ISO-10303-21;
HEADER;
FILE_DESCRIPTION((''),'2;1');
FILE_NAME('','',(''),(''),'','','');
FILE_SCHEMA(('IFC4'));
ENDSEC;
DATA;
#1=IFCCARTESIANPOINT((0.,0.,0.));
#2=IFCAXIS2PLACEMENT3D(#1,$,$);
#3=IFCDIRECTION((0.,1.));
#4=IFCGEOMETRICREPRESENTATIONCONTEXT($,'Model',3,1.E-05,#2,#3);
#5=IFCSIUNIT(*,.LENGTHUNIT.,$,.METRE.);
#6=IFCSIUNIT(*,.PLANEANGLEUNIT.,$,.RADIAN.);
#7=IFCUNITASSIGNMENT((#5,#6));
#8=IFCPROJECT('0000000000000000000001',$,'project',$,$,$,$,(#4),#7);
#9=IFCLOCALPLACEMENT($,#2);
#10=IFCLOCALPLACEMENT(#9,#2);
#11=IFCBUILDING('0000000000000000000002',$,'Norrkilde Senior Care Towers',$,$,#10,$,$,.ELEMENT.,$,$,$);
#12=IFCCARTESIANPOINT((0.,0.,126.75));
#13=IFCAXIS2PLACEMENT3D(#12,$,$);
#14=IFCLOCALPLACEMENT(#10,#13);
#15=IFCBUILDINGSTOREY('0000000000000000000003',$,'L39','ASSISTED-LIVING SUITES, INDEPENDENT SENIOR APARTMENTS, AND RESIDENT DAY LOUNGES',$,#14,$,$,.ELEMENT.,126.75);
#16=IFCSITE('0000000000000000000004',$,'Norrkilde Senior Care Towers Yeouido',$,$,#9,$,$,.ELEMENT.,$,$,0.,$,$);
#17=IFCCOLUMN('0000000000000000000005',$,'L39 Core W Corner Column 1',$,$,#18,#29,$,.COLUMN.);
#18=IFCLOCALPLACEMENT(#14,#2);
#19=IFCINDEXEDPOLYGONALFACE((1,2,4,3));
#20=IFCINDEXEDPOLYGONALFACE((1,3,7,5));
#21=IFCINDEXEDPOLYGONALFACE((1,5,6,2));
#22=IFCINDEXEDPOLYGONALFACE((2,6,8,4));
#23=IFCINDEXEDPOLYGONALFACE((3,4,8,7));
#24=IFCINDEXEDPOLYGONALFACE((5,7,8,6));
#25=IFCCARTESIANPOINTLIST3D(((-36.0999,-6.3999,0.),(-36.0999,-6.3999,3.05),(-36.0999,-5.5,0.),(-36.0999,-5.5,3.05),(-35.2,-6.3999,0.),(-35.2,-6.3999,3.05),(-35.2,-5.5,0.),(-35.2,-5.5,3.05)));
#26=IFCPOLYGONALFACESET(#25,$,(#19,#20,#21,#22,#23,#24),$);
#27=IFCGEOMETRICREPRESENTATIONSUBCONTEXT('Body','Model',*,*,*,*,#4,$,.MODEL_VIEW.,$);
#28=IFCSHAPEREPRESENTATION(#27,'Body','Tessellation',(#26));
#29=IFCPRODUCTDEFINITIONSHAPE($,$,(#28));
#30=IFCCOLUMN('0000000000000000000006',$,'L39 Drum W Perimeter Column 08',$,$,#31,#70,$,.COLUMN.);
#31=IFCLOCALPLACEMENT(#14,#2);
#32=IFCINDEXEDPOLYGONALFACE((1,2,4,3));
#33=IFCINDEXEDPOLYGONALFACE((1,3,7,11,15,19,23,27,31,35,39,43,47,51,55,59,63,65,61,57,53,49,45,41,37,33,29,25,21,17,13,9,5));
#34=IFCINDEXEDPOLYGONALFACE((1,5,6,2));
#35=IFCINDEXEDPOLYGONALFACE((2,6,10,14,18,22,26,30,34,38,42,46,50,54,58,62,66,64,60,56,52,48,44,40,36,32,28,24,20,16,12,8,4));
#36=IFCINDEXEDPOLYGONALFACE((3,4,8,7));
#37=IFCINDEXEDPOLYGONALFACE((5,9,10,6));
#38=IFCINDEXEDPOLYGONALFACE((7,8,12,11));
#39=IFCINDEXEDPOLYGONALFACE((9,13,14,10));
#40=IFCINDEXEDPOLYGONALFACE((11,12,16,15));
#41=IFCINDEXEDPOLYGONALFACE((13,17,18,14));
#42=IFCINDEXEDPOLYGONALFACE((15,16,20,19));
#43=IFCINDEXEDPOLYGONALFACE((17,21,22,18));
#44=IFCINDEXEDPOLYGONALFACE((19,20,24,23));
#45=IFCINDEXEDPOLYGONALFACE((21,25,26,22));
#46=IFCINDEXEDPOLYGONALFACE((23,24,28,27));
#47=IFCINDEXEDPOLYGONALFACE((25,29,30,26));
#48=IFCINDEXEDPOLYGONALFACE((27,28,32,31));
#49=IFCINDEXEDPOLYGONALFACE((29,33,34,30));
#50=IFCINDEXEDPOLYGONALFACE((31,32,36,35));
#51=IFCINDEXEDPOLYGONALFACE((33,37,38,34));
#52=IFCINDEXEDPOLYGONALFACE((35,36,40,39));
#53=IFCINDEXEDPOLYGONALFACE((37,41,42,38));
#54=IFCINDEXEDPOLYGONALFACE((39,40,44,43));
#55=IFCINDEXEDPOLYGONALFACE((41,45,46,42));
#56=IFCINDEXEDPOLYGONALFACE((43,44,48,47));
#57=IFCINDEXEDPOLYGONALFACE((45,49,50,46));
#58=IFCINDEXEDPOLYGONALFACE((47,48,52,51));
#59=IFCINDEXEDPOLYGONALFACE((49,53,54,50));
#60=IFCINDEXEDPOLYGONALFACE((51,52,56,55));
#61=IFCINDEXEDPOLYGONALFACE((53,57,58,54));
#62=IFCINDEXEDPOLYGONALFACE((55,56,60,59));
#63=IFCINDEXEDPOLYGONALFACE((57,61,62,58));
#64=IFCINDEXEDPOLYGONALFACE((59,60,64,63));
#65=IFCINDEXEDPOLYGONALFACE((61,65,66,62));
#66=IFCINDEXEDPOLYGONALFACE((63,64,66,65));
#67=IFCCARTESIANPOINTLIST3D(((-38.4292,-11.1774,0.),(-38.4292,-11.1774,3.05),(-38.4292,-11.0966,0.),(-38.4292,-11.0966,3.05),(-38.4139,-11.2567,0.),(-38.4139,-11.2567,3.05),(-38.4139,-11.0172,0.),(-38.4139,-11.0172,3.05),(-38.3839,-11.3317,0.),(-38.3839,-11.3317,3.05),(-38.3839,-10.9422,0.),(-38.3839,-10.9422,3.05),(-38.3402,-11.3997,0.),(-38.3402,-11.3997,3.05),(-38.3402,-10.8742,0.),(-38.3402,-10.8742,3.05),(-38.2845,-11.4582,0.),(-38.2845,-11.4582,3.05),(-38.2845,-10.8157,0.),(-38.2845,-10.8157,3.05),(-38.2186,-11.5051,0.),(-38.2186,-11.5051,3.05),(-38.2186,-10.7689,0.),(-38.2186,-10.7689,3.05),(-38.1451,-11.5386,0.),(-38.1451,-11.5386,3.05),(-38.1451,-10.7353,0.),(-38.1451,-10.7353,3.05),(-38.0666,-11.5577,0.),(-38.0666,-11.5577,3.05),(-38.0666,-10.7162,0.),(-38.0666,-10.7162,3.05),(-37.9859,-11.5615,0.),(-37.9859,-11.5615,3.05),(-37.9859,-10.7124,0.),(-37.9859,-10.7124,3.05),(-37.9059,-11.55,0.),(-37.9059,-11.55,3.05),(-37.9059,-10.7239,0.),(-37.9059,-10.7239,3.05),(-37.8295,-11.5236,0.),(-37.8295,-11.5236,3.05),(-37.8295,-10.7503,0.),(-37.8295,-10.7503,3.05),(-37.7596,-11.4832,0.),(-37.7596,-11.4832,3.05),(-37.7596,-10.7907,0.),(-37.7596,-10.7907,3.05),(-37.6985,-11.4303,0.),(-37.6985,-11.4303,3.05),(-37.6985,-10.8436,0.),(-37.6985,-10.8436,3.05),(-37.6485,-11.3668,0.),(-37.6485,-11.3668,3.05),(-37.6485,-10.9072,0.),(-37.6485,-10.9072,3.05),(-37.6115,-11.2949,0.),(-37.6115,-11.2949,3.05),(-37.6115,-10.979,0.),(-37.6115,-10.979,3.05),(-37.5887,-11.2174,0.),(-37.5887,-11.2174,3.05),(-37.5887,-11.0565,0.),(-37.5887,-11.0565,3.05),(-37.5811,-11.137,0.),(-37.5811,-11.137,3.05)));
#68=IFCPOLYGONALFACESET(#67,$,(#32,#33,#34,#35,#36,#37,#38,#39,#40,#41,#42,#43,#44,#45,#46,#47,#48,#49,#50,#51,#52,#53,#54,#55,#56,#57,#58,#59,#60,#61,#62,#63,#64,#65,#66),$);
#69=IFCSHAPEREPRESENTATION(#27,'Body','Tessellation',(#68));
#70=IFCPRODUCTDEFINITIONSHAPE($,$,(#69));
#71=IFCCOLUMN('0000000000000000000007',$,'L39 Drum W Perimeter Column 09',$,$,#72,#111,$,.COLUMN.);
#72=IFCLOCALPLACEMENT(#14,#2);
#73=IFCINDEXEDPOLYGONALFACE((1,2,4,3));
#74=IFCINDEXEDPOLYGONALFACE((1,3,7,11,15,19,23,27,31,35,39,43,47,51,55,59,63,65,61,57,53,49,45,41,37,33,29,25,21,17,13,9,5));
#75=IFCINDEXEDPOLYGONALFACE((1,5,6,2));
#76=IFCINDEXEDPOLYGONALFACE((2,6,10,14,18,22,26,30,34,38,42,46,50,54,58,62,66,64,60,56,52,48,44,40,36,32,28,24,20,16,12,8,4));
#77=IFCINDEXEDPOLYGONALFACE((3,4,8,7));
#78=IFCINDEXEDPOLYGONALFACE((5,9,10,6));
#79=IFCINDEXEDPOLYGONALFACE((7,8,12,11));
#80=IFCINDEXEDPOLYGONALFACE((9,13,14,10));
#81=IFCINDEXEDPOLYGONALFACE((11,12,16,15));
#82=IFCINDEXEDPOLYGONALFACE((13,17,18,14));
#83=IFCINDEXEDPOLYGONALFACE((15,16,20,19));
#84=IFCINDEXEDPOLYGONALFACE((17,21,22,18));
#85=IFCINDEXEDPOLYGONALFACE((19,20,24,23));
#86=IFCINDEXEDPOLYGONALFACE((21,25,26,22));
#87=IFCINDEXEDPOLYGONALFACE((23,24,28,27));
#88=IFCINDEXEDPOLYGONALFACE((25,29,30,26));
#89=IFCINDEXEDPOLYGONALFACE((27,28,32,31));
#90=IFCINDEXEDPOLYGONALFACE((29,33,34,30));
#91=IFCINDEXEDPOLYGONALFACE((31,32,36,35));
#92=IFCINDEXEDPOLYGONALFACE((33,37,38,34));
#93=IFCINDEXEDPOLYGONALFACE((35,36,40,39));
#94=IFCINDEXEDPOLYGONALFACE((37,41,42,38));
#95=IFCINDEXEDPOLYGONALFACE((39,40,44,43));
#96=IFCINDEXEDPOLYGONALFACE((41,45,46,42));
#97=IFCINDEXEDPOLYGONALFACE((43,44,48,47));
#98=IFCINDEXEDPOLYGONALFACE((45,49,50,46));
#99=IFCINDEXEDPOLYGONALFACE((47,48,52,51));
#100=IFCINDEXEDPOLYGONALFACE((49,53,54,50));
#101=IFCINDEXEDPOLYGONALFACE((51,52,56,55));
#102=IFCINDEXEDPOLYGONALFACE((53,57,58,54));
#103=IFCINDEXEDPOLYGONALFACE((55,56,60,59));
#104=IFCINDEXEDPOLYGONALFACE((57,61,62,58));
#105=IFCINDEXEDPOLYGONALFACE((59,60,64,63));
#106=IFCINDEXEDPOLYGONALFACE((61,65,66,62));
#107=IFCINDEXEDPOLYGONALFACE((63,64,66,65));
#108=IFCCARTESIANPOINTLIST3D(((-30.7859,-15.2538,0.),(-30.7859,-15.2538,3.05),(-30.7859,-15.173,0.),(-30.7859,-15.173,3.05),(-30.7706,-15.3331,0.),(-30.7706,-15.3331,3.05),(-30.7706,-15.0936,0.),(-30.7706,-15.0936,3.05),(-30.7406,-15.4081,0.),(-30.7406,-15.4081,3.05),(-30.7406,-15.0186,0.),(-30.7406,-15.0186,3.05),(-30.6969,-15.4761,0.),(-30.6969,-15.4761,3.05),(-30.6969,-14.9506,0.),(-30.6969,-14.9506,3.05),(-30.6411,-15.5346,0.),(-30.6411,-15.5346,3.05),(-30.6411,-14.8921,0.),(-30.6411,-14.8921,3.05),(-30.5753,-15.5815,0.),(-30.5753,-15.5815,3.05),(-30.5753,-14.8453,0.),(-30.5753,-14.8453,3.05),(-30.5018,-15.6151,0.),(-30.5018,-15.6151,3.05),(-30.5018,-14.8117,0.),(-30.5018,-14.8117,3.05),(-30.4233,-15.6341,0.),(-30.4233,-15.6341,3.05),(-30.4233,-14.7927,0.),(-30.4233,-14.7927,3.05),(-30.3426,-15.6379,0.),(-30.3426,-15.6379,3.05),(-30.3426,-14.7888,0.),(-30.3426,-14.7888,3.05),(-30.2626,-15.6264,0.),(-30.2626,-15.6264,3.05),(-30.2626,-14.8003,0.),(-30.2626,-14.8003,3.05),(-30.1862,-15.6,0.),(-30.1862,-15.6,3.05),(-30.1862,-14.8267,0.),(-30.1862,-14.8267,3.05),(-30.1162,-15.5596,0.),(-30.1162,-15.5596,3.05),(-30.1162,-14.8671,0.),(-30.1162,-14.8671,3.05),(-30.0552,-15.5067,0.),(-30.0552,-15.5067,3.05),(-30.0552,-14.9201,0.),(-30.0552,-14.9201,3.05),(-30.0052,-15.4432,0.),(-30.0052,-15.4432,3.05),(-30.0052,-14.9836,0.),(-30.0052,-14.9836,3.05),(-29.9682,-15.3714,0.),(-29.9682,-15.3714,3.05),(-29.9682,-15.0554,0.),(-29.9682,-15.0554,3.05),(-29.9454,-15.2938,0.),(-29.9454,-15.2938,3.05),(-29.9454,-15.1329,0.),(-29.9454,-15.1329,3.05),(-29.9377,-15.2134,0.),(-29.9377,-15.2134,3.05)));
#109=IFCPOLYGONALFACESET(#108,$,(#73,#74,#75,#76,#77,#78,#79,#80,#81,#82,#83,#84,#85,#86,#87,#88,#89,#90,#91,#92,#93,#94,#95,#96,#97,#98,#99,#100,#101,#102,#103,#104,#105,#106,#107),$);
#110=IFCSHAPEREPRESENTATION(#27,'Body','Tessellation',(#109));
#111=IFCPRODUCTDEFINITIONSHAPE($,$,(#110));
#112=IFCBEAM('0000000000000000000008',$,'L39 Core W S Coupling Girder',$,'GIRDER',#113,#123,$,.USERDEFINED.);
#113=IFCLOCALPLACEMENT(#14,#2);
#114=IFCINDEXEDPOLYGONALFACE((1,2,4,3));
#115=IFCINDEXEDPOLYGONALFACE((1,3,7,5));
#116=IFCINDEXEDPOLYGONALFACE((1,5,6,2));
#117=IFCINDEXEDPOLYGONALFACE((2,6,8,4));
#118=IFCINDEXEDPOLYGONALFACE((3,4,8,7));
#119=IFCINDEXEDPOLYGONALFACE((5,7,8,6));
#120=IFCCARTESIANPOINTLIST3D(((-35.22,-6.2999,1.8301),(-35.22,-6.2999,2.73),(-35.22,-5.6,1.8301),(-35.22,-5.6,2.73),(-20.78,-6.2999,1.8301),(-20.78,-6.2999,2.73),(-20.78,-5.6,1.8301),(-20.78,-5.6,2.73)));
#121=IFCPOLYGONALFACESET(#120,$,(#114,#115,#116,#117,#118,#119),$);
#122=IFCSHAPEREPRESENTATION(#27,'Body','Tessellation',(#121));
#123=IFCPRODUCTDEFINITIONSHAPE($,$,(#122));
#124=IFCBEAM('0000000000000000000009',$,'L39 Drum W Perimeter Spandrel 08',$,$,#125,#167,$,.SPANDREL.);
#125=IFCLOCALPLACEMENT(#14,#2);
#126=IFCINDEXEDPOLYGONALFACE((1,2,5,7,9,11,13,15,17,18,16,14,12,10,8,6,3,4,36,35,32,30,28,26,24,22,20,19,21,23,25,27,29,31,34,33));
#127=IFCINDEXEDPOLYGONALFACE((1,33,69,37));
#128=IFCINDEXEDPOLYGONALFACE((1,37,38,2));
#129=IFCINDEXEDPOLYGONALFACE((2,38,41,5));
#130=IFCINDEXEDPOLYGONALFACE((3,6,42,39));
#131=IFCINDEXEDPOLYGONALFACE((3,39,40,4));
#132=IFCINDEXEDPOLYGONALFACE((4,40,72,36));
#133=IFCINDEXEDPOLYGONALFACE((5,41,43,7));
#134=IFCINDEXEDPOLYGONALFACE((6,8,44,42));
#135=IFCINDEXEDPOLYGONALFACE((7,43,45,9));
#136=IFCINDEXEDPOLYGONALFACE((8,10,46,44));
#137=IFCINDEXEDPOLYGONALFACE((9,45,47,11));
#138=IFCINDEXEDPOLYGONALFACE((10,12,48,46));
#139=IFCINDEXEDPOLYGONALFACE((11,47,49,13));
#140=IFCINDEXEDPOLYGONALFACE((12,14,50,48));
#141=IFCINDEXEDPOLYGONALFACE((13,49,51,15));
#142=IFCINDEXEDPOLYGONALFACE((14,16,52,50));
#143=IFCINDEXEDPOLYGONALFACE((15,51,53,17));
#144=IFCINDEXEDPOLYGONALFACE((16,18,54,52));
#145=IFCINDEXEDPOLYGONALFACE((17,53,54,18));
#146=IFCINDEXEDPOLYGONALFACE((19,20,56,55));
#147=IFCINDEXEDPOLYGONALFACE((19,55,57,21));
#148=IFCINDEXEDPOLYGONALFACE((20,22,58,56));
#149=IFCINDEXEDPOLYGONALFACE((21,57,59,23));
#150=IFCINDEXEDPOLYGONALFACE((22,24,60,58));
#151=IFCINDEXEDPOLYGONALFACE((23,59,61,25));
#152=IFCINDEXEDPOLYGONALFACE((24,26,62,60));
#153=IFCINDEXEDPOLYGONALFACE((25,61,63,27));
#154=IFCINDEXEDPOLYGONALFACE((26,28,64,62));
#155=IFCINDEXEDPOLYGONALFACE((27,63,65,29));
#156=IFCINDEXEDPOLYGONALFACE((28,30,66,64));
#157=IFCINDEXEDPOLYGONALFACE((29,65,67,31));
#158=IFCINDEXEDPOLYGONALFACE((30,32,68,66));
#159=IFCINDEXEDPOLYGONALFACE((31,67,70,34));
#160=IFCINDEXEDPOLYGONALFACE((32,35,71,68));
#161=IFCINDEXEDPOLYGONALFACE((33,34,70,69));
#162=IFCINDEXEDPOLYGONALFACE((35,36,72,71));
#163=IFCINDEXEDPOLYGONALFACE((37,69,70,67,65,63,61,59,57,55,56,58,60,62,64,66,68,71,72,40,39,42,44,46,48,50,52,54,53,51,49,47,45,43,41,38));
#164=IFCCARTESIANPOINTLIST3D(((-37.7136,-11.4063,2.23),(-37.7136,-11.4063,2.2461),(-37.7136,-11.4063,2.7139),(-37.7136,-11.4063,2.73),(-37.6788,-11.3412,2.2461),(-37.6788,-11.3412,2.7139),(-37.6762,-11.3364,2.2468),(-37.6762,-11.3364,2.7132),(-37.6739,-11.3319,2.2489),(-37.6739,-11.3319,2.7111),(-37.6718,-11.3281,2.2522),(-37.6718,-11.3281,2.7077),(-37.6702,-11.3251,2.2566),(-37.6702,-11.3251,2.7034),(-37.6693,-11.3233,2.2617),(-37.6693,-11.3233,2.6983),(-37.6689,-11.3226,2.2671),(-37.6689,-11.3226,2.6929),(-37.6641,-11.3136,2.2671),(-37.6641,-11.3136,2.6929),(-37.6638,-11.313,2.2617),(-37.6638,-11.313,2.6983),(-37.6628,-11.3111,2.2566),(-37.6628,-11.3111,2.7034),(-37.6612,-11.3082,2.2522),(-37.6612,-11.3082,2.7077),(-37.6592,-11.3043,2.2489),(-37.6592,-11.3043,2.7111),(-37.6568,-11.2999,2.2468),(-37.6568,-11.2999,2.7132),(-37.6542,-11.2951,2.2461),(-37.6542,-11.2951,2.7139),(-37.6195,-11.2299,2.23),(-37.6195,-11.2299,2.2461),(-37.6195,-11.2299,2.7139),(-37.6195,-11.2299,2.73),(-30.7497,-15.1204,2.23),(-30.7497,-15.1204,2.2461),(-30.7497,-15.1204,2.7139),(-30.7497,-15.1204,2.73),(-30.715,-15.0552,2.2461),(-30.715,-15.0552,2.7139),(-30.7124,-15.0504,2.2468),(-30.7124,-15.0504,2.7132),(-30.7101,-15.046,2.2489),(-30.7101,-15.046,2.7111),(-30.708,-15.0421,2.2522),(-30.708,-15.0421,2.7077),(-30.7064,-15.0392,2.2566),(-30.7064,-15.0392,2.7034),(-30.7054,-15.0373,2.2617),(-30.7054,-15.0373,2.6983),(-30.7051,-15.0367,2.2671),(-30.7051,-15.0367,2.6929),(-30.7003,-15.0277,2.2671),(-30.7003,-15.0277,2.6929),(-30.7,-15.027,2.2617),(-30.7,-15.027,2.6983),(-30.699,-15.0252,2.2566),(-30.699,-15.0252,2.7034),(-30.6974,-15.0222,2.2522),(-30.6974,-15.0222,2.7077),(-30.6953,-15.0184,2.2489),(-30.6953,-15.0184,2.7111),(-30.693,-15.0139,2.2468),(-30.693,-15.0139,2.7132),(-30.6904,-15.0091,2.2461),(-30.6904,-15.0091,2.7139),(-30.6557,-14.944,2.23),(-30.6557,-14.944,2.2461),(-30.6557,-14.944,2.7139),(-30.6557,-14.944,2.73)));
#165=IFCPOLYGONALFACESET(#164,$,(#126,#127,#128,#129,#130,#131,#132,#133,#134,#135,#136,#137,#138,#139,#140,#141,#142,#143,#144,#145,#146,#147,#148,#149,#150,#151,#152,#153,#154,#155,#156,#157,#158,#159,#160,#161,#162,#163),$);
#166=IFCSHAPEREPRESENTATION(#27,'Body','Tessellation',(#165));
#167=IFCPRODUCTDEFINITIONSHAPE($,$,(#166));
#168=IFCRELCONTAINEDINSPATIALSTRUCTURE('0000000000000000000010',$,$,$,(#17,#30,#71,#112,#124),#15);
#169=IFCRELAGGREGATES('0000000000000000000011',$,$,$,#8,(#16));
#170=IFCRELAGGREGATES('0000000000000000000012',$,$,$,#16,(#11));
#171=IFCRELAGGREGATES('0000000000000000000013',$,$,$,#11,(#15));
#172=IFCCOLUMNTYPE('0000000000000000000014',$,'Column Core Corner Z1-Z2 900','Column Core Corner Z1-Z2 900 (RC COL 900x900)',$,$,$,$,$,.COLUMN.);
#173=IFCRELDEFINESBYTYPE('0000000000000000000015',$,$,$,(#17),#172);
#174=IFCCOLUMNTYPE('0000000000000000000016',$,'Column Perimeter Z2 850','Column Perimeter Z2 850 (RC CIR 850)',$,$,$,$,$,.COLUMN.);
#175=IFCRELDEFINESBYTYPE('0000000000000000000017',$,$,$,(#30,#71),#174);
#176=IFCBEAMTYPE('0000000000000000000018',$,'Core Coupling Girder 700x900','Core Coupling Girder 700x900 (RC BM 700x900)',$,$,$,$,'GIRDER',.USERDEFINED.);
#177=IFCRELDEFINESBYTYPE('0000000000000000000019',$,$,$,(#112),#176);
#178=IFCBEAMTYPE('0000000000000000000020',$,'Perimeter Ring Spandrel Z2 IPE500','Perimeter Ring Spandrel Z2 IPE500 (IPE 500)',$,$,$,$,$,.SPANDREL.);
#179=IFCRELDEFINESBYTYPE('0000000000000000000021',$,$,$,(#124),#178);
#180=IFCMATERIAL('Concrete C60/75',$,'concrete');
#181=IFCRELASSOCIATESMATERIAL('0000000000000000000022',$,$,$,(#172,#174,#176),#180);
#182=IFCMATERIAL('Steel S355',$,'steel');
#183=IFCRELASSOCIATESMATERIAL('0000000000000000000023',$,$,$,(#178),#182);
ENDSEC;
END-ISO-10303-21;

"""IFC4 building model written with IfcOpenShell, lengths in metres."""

from ifc_helpers import new_model, si_unit, direction, frame, origin, origin_2d, place, context, subcontext, project, spatial, rectangle, circle, i_section, extrude, source, transform, mapped, material, material_profile, profile_set, type_object, type_shapes, element, save


model = new_model("IFC4")

# Units and contexts
model_context = context("Model", 3, precision=1e-05, world=origin(), true_north=direction((0.0, 1.0)))
body_context = subcontext(model_context, "Body", "Model", "MODEL_VIEW")
ifc_project = project(units=[si_unit("LENGTHUNIT", "METRE"), si_unit("PLANEANGLEUNIT", "RADIAN")], contexts=[model_context])

# Site, building, storey
site_placement = place(None, origin())
site = spatial("IfcSite", under=ifc_project, at=site_placement, Name="Norrkilde Senior Care Towers Yeouido", CompositionType="ELEMENT", RefElevation=0.0)
building_placement = place(site_placement, origin())
building = spatial("IfcBuilding", under=site, at=building_placement, Name="Norrkilde Senior Care Towers", CompositionType="ELEMENT")
storey_placement = place(building_placement, frame((0.0, 0.0, 126.75)))
storey = spatial("IfcBuildingStorey", under=building, at=storey_placement, Name="L39", Description="ASSISTED-LIVING SUITES, INDEPENDENT SENIOR APARTMENTS, AND RESIDENT DAY LOUNGES", CompositionType="ELEMENT", Elevation=126.75)

# Columns
ifc_material_1 = material(Name="Concrete C60/75", Category="concrete")
ifc_material_profile_1 = material_profile(ifc_material_1, rectangle(XDim=0.8999, YDim=0.8999, at=origin_2d()), Name="RC COL 900x900")
ifc_profile_set_1 = profile_set([ifc_material_profile_1], Name="Concrete C60/75")
column_type_1 = type_object("IfcColumnType", Name="Column Core Corner Z1-Z2 900", Description="Column Core Corner Z1-Z2 900 (RC COL 900x900)", PredefinedType="COLUMN", material=ifc_profile_set_1)
shared_shape_1 = source(origin(), body_context, "Body", "SweptSolid", [
    extrude(rectangle(XDim=0.8999, YDim=0.8999, at=origin_2d()), origin(), (0.0, 0.0, 1.0), 3.05),
])
type_shapes(column_type_1, [shared_shape_1])
column_placement = place(storey_placement, frame((-35.6499, -5.95, 0.0), z_axis=(0.0, 0.0, 1.0), x_axis=(1.0, 0.0, 0.0)))
element("IfcColumn", 1, at=column_placement, inside=storey, type_object=column_type_1, Name="L39 Core W Corner Column 1", PredefinedType="COLUMN", context=body_context, shape_type="MappedRepresentation", body=[
    mapped(shared_shape_1, transform((0.0, 0.0, 0.0), x_axis=(1.0, 0.0, 0.0), y_axis=(0.0, 1.0, 0.0), z_axis=(0.0, 0.0, 1.0), scale=1.0)),
])
ifc_material_profile_2 = material_profile(ifc_material_1, circle(Radius=0.425, at=origin_2d()), Name="RC CIR 850")
ifc_profile_set_2 = profile_set([ifc_material_profile_2], Name="Concrete C60/75")
column_type_2 = type_object("IfcColumnType", Name="Column Perimeter Z2 850", Description="Column Perimeter Z2 850 (RC CIR 850)", PredefinedType="COLUMN", material=ifc_profile_set_2)
shared_shape_2 = source(origin(), body_context, "Body", "SweptSolid", [
    extrude(circle(Radius=0.425, at=origin_2d()), origin(), (0.0, 0.0, 1.0), 3.05),
])
type_shapes(column_type_2, [shared_shape_2])
for number, where, z_axis, x_axis, name in (
    (2, (-38.0061, -11.137, 0.0), (0.0, 0.0, 1.0), (1.0, 0.0, 0.0), "L39 Drum W Perimeter Column 08"),
    (3, (-30.3628, -15.2134, 0.0), (0.0, 0.0, 1.0), (1.0, 0.0, 0.0), "L39 Drum W Perimeter Column 09"),
):
    element("IfcColumn", number, at=place(storey_placement, frame(where, z_axis=z_axis, x_axis=x_axis)), inside=storey, type_object=column_type_2, Name=name, PredefinedType="COLUMN", context=body_context, shape_type="MappedRepresentation", body=[
        mapped(shared_shape_2, transform((0.0, 0.0, 0.0), x_axis=(1.0, 0.0, 0.0), y_axis=(0.0, 1.0, 0.0), z_axis=(0.0, 0.0, 1.0), scale=1.0)),
    ])

# Beams
ifc_material_profile_3 = material_profile(ifc_material_1, rectangle(XDim=0.7, YDim=0.8999, at=origin_2d()), Name="RC BM 700x900")
ifc_profile_set_3 = profile_set([ifc_material_profile_3], Name="Concrete C60/75")
beam_type_1 = type_object("IfcBeamType", Name="Core Coupling Girder 700x900", Description="Core Coupling Girder 700x900 (RC BM 700x900)", ElementType="GIRDER", PredefinedType="USERDEFINED", material=ifc_profile_set_3)
shared_shape_3 = source(origin(), body_context, "Body", "SweptSolid", [
    extrude(rectangle(XDim=0.7, YDim=0.8999, at=origin_2d()), origin(), (0.0, 0.0, 1.0), 14.4399),
])
type_shapes(beam_type_1, [shared_shape_3])
beam_1_placement = place(storey_placement, frame((-35.22, -5.95, 2.28), z_axis=(1.0, 0.0, 0.0), x_axis=(0.0, 1.0, 0.0)))
element("IfcBeam", 4, at=beam_1_placement, inside=storey, type_object=beam_type_1, Name="L39 Core W S Coupling Girder", ObjectType="GIRDER", PredefinedType="USERDEFINED", context=body_context, shape_type="MappedRepresentation", body=[
    mapped(shared_shape_3, transform((0.0, 0.0, 0.0), x_axis=(1.0, 0.0, 0.0), y_axis=(0.0, 1.0, 0.0), z_axis=(0.0, 0.0, 1.0), scale=1.0)),
])
ifc_material_2 = material(Name="Steel S355", Category="steel")
ifc_material_profile_4 = material_profile(ifc_material_2, i_section(OverallWidth=0.2, OverallDepth=0.5, WebThickness=0.0103, FlangeThickness=0.0161, FilletRadius=0.021, at=origin_2d()), Name="IPE 500")
ifc_profile_set_4 = profile_set([ifc_material_profile_4], Name="Steel S355")
beam_type_2 = type_object("IfcBeamType", Name="Perimeter Ring Spandrel Z2 IPE500", Description="Perimeter Ring Spandrel Z2 IPE500 (IPE 500)", PredefinedType="SPANDREL", material=ifc_profile_set_4)
shared_shape_4 = source(origin(), body_context, "Body", "SweptSolid", [
    extrude(i_section(OverallWidth=0.2, OverallDepth=0.5, WebThickness=0.0103, FlangeThickness=0.0161, FilletRadius=0.021, at=origin_2d()), origin(), (0.0, 0.0, 1.0), 7.8923),
])
beam_2_placement = place(storey_placement, frame((-37.6665, -11.3181, 2.48), z_axis=(0.88235, -0.470593, 0.0), x_axis=(0.470593, 0.88235, 0.0)))
element("IfcBeam", 5, at=beam_2_placement, inside=storey, type_object=beam_type_2, Name="L39 Drum W Perimeter Spandrel 08", PredefinedType="SPANDREL", context=body_context, shape_type="MappedRepresentation", body=[
    mapped(shared_shape_4, transform((0.0, 0.0, 0.0), x_axis=(1.0, 0.0, 0.0), y_axis=(0.0, 1.0, 0.0), z_axis=(0.0, 0.0, 1.0), scale=1.0)),
])

save(model, "model.ifc")
